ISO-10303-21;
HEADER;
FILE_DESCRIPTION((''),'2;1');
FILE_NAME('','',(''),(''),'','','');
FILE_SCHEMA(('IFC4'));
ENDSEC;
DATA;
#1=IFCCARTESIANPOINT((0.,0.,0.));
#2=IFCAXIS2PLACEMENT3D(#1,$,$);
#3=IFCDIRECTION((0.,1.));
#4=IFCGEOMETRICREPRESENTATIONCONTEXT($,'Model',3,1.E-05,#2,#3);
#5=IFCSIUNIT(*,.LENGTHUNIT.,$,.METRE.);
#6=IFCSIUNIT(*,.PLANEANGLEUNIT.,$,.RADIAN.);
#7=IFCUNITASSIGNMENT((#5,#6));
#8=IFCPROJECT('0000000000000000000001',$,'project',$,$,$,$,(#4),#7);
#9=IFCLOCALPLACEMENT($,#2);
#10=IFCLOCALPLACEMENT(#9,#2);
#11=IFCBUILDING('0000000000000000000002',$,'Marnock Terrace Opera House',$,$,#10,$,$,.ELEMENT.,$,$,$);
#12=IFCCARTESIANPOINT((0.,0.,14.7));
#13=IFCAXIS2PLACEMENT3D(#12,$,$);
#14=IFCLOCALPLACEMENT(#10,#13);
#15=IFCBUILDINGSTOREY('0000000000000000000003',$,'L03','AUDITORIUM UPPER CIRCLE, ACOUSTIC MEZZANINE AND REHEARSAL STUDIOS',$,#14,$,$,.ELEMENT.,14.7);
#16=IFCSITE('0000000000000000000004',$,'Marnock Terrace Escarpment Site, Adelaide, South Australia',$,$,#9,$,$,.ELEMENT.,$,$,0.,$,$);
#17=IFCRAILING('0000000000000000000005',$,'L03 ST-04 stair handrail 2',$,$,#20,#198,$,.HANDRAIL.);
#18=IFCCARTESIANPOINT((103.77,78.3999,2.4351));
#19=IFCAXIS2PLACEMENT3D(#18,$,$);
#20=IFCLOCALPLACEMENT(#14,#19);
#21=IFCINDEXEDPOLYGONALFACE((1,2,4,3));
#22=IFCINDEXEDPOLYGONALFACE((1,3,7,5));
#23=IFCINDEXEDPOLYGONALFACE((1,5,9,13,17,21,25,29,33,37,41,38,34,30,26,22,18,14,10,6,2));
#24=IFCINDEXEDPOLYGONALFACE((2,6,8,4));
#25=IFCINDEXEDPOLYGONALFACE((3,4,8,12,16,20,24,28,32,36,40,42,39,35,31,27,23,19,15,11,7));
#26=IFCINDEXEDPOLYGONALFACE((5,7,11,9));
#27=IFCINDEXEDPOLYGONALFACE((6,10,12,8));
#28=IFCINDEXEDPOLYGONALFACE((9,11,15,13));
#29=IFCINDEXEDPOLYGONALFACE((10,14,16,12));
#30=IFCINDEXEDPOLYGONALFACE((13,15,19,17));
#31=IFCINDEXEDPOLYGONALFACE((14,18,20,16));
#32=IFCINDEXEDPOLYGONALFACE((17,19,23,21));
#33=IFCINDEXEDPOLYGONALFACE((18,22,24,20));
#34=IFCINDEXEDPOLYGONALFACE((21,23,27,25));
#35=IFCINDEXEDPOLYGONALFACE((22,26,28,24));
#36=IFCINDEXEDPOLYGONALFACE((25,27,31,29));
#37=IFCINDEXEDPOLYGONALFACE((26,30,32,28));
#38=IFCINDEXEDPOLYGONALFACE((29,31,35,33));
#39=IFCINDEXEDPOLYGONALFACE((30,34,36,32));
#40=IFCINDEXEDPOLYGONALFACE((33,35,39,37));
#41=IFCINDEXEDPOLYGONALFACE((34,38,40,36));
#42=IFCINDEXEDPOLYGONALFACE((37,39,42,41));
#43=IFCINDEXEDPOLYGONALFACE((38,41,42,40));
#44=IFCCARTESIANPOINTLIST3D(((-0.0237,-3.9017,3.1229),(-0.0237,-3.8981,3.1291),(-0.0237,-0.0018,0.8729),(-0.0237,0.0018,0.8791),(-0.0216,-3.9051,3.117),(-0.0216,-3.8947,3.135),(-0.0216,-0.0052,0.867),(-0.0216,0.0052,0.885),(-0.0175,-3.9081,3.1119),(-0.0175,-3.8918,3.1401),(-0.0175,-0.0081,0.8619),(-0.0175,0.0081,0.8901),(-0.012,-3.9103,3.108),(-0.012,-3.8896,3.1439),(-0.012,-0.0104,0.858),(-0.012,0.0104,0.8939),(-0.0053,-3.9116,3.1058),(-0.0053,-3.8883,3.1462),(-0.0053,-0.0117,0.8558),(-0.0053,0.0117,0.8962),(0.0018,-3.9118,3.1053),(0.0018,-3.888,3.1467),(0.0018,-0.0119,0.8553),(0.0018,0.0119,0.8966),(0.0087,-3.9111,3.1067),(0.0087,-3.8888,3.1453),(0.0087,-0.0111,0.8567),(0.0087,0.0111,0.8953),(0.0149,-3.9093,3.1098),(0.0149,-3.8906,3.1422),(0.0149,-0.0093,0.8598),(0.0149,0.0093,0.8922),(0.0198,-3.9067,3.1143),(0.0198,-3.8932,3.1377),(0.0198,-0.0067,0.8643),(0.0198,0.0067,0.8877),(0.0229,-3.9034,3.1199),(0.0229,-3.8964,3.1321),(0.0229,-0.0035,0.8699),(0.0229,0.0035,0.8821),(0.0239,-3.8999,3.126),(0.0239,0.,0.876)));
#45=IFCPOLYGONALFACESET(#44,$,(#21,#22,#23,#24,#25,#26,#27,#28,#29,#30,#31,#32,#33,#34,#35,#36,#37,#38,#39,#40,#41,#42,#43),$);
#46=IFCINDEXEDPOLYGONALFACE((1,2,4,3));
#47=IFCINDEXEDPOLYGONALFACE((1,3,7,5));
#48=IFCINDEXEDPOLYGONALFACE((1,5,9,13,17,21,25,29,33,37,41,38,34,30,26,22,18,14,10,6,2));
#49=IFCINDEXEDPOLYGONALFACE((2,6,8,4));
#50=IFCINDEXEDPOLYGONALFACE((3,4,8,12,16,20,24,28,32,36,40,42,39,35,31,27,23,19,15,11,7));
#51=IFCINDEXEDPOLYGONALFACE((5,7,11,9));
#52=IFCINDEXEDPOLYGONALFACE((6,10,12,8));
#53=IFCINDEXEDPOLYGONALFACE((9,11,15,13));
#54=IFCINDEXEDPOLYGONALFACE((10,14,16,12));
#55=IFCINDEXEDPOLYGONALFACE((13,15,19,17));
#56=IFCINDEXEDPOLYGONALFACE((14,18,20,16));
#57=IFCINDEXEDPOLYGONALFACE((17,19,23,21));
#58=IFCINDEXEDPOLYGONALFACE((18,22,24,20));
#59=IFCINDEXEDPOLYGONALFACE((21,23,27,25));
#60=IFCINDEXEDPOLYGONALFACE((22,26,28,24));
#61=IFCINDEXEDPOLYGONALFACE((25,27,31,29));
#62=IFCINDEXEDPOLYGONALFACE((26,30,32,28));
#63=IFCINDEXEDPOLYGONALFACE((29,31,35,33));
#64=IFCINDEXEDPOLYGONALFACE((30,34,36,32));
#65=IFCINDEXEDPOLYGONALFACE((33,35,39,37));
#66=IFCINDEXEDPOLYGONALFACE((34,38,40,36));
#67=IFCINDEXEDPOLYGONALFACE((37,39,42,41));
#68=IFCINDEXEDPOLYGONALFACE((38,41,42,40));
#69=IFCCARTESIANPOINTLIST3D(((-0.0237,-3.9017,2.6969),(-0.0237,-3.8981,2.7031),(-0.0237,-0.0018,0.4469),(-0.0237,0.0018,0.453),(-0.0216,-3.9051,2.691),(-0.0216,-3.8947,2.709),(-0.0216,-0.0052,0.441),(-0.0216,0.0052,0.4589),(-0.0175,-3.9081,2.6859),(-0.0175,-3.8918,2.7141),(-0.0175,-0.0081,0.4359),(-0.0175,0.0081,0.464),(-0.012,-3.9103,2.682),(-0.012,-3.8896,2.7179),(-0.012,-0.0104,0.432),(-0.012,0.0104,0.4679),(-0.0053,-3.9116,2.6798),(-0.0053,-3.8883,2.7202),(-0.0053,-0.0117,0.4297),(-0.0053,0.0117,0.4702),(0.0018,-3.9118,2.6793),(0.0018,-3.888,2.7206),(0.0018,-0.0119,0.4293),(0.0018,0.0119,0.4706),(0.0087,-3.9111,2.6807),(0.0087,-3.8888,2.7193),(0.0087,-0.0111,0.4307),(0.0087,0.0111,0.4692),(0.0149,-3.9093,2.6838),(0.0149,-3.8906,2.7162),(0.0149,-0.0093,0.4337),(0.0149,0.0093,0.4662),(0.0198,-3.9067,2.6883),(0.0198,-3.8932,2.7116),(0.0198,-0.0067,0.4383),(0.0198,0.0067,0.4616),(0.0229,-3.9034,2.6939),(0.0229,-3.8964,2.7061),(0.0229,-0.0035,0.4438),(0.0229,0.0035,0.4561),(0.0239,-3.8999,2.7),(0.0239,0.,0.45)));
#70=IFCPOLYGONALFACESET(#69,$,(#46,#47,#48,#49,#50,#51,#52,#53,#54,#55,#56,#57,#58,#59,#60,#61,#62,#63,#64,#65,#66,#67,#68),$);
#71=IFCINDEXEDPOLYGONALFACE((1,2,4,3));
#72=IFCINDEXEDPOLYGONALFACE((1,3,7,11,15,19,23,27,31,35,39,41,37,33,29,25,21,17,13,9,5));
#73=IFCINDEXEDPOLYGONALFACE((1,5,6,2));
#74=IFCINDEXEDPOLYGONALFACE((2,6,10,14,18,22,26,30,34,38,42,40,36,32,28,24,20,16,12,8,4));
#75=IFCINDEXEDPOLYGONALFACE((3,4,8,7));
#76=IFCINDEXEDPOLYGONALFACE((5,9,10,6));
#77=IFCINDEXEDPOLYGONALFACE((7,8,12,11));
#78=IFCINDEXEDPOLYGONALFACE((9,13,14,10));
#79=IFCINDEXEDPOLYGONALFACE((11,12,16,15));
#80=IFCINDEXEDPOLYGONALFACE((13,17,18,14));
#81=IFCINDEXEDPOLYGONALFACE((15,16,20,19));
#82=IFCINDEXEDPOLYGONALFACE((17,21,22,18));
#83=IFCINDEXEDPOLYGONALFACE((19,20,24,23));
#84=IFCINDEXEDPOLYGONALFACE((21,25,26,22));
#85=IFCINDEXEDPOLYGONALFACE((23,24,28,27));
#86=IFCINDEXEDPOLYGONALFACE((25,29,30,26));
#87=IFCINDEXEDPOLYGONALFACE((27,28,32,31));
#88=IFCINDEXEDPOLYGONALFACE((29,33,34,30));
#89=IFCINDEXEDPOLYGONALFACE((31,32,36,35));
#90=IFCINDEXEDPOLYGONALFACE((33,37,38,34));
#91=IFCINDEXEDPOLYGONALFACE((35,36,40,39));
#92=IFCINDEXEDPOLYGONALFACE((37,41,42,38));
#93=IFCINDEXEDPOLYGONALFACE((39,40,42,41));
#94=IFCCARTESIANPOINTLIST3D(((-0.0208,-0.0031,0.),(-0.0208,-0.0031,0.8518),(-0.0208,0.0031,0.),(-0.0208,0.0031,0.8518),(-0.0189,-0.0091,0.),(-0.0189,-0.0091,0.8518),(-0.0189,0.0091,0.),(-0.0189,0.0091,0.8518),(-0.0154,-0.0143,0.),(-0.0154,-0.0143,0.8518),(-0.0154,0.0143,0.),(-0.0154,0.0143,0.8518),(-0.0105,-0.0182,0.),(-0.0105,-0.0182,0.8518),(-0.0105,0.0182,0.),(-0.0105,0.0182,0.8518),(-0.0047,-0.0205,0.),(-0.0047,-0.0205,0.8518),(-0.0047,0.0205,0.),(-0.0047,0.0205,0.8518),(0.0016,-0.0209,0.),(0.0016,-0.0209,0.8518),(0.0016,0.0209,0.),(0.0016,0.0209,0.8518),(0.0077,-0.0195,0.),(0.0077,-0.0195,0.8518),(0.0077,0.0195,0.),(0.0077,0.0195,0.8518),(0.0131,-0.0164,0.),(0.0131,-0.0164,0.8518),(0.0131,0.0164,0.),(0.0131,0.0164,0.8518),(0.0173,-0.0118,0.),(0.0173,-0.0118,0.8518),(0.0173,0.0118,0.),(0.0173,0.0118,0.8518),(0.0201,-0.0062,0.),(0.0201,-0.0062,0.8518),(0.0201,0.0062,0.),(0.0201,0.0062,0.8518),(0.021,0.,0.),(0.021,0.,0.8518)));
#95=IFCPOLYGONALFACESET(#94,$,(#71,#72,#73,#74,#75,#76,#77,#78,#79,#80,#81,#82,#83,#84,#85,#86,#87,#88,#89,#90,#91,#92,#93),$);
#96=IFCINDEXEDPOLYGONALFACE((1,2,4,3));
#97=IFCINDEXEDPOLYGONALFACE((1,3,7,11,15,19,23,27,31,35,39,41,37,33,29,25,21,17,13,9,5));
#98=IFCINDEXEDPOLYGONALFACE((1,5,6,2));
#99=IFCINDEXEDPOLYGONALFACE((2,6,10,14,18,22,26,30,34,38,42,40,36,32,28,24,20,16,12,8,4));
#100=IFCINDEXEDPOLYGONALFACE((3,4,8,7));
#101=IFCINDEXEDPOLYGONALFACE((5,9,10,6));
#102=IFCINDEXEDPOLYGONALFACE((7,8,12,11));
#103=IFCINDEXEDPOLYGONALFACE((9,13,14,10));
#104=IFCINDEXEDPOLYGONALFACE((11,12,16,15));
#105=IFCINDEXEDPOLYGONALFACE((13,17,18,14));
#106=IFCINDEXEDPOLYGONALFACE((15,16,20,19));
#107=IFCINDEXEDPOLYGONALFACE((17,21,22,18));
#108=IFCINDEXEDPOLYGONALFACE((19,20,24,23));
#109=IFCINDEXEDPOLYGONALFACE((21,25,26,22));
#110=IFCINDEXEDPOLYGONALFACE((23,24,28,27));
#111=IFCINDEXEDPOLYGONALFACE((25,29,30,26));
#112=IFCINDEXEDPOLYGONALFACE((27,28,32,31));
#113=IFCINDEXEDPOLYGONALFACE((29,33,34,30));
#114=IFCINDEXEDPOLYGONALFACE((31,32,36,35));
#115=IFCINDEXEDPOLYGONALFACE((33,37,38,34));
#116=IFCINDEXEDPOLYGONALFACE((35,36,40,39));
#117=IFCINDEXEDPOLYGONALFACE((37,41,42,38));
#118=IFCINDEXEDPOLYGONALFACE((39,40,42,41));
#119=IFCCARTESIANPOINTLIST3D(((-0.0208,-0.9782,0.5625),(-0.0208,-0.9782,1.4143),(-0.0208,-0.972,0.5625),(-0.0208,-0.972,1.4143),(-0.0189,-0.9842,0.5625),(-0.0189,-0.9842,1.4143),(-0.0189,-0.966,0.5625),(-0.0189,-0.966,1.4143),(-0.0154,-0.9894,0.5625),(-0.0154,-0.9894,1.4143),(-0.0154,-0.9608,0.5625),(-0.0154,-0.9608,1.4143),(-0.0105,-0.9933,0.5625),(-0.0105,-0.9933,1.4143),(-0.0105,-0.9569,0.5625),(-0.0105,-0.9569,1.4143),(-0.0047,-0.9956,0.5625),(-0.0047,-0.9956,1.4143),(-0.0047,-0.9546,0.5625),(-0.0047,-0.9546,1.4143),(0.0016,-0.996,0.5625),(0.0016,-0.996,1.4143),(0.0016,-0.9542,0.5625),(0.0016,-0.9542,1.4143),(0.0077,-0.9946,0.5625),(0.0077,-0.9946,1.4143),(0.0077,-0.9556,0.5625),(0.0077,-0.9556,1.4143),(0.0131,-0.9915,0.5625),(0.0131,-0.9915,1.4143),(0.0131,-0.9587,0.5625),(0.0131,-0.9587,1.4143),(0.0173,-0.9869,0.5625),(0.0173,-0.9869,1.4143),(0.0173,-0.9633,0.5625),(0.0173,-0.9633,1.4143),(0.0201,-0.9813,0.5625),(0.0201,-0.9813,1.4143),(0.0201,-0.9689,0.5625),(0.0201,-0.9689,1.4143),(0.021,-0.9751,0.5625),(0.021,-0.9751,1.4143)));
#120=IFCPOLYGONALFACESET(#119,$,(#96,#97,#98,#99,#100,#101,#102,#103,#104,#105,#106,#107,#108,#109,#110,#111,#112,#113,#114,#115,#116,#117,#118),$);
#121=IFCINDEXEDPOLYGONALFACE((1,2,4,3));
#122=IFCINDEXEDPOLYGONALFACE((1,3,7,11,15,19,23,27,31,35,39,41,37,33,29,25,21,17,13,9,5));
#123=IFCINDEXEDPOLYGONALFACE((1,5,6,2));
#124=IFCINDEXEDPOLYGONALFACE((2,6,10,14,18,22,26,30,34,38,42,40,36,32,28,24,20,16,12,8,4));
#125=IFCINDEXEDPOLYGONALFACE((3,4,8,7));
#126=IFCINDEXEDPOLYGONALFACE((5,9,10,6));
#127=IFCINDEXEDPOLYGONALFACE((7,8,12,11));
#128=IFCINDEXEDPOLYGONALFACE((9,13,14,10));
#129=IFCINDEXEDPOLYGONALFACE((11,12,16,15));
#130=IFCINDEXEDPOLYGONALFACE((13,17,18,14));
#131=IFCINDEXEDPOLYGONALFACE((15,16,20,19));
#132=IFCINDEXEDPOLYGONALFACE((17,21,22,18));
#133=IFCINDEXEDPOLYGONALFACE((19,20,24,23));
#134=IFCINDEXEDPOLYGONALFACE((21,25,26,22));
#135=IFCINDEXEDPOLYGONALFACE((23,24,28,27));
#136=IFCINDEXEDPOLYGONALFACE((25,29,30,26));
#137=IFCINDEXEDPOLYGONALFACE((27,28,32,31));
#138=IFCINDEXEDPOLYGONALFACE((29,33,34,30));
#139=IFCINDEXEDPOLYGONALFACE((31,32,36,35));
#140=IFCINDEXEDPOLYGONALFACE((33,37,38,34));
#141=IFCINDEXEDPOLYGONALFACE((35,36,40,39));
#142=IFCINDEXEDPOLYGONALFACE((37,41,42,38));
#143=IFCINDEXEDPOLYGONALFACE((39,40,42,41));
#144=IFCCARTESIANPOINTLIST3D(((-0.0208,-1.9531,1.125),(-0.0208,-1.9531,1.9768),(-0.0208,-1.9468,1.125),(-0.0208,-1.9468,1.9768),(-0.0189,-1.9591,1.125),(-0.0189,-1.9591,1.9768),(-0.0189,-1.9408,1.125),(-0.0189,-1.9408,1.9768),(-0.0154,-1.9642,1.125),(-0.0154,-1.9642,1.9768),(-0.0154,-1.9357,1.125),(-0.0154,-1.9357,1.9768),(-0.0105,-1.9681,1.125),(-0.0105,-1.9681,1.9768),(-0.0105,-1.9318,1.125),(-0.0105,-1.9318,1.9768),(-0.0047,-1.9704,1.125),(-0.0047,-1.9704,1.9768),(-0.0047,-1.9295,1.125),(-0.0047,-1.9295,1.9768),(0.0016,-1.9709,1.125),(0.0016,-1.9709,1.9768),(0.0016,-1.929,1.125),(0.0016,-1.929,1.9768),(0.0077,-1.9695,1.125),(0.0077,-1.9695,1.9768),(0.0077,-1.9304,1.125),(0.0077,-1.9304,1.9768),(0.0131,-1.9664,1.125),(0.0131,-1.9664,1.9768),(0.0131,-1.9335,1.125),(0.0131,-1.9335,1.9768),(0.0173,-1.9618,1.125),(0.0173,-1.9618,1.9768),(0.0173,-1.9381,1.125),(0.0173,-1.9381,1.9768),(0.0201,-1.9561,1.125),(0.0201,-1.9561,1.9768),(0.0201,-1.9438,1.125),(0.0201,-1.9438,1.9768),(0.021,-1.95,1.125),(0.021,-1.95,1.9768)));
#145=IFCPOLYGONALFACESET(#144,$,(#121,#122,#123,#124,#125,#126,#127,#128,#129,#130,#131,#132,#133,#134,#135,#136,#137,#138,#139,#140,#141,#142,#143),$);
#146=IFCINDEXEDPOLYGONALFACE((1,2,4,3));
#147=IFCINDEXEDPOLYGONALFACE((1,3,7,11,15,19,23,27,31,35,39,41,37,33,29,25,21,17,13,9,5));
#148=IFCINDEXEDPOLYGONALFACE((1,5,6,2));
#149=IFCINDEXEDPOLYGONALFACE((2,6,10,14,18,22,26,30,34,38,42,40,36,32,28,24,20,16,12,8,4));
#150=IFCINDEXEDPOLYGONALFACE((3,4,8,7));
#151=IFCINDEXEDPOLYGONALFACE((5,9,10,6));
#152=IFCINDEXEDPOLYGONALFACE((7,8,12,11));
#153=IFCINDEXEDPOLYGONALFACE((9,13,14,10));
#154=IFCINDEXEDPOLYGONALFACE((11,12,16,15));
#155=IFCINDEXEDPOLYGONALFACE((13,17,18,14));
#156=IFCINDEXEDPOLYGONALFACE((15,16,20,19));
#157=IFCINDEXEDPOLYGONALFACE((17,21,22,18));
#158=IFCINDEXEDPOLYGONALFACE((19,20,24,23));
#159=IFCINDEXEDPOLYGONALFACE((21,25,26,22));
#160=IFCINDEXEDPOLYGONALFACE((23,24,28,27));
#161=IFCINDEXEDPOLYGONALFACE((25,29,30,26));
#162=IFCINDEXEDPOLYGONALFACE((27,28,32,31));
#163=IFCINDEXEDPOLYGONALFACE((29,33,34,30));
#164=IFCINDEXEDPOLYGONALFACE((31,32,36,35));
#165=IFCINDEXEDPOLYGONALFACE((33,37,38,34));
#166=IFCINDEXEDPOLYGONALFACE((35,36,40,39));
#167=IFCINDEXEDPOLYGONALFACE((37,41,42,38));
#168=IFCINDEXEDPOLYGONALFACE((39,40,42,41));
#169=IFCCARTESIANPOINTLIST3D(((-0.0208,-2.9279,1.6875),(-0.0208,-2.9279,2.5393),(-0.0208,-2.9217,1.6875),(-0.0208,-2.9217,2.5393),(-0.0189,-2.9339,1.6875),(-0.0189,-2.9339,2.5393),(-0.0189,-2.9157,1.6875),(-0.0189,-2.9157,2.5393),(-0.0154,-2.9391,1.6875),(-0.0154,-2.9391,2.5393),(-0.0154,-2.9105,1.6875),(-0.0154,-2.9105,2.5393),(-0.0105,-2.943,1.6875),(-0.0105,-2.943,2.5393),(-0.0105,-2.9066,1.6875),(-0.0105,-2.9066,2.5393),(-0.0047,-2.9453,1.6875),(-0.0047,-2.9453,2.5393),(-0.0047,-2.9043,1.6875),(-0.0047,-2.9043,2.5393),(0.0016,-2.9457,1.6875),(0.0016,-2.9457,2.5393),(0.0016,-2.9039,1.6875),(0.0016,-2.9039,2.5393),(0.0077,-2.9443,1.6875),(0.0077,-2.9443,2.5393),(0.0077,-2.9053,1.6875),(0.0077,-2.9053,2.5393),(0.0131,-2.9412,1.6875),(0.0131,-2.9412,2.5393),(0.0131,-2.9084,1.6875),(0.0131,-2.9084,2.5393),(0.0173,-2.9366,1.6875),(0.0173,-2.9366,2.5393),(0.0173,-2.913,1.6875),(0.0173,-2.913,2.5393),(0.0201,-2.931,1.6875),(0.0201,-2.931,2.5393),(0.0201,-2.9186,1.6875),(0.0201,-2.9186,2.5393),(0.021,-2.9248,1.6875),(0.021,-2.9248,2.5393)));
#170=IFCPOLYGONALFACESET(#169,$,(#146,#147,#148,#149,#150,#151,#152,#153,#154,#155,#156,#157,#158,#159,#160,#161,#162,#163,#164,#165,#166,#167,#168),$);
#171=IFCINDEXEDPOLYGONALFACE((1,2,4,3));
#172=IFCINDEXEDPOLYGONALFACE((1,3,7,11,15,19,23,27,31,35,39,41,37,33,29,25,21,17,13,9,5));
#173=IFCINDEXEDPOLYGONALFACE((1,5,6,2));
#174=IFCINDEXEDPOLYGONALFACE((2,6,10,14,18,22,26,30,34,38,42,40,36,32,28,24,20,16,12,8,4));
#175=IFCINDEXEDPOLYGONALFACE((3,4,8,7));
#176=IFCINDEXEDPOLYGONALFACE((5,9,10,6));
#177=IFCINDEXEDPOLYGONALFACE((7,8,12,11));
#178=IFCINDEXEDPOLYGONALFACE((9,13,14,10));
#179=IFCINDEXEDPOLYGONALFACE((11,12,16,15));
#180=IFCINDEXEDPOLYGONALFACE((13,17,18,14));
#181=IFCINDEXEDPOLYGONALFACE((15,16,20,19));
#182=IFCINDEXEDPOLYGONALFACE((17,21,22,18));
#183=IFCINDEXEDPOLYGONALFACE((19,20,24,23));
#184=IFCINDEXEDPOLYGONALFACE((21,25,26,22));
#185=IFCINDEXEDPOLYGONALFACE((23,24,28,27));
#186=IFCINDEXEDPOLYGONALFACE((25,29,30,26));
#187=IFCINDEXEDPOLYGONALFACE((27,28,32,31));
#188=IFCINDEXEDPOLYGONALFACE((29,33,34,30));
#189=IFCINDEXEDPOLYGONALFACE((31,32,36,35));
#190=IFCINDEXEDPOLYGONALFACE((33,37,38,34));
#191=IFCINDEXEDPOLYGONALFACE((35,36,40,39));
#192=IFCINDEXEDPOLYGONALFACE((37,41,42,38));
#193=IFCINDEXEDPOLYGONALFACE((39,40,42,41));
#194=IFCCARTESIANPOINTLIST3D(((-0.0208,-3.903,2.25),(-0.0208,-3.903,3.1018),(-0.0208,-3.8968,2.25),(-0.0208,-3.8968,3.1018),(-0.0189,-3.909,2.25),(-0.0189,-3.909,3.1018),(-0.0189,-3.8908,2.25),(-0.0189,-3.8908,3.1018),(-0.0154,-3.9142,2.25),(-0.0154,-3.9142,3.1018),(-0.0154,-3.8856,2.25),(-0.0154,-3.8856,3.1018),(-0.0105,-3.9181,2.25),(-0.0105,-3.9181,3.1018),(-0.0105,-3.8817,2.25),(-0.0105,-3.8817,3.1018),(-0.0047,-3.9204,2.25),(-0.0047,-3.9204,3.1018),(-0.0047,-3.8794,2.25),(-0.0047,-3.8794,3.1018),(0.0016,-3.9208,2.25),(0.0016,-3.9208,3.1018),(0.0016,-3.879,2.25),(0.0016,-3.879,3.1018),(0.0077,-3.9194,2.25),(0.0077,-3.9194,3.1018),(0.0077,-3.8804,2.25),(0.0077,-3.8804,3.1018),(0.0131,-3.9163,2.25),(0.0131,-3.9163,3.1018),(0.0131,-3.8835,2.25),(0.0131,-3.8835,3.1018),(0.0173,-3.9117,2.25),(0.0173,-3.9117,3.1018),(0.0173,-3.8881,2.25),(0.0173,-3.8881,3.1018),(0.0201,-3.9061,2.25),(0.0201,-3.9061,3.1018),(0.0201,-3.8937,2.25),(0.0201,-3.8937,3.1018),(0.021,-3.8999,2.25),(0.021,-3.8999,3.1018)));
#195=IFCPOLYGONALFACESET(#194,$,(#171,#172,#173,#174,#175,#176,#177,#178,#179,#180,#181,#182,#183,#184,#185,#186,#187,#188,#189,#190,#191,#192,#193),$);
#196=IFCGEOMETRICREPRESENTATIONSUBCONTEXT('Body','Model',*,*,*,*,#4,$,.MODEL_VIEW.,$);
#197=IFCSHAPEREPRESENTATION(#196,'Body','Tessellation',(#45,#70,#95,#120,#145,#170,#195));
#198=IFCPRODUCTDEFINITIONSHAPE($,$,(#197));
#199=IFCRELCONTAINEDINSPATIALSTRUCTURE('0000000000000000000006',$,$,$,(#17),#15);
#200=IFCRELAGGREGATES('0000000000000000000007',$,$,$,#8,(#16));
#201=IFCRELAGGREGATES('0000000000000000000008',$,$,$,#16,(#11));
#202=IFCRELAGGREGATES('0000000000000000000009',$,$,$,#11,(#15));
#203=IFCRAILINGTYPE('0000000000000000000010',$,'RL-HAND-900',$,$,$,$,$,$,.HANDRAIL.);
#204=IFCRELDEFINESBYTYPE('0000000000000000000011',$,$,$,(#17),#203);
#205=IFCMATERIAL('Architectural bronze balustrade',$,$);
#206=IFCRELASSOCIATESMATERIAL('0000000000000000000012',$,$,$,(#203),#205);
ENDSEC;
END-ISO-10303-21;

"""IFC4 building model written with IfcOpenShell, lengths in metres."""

from ifc_helpers import new_model, si_unit, direction, frame, origin, origin_2d, place, context, subcontext, project, spatial, circle, extrude, material, type_object, element, save


model = new_model("IFC4")

# Units and contexts
model_context = context("Model", 3, precision=1e-05, world=origin(), true_north=direction((0.0, 1.0)))
body_context = subcontext(model_context, "Body", "Model", "MODEL_VIEW")
ifc_project = project(units=[si_unit("LENGTHUNIT", "METRE"), si_unit("PLANEANGLEUNIT", "RADIAN")], contexts=[model_context])

# Site, building, storey
site_placement = place(None, origin())
site = spatial("IfcSite", under=ifc_project, at=site_placement, Name="Marnock Terrace Escarpment Site, Adelaide, South Australia", CompositionType="ELEMENT", RefElevation=0.0)
building_placement = place(site_placement, origin())
building = spatial("IfcBuilding", under=site, at=building_placement, Name="Marnock Terrace Opera House", CompositionType="ELEMENT")
storey_placement = place(building_placement, frame((0.0, 0.0, 14.7)))
storey = spatial("IfcBuildingStorey", under=building, at=storey_placement, Name="L03", Description="AUDITORIUM UPPER CIRCLE, ACOUSTIC MEZZANINE AND REHEARSAL STUDIOS", CompositionType="ELEMENT", Elevation=14.7)

# Railing
ifc_material_1 = material(Name="Architectural bronze balustrade")
railing_type_1 = type_object("IfcRailingType", Name="RL-HAND-900", PredefinedType="HANDRAIL", material=ifc_material_1)
railing_1_placement = place(storey_placement, frame((103.77, 78.3999, 2.4351)))
element("IfcRailing", 1, at=railing_1_placement, inside=storey, type_object=railing_type_1, Name="L03 ST-04 stair handrail 2", PredefinedType="HANDRAIL", context=body_context, shape_type="SweptSolid", body=[
    extrude(circle(Radius=0.0239, at=origin_2d()), frame((0.0, 0.0, 0.876), z_axis=(0.0, -0.86618, 0.499732), x_axis=(1.0, 0.0, 0.0)), (0.0, 0.0, 1.0), 4.5024),
    extrude(circle(Radius=0.0239, at=origin_2d()), frame((0.0, 0.0, 0.45), z_axis=(0.0, -0.86618, 0.499732), x_axis=(1.0, 0.0, 0.0)), (0.0, 0.0, 1.0), 4.5024),
    extrude(circle(Radius=0.021, at=origin_2d()), origin(), (0.0, 0.0, 1.0), 0.8518),
    extrude(circle(Radius=0.021, at=origin_2d()), frame((0.0, -0.9751, 0.5625)), (0.0, 0.0, 1.0), 0.8518),
    extrude(circle(Radius=0.021, at=origin_2d()), frame((0.0, -1.95, 1.125)), (0.0, 0.0, 1.0), 0.8518),
    extrude(circle(Radius=0.021, at=origin_2d()), frame((0.0, -2.9248, 1.6875)), (0.0, 0.0, 1.0), 0.8518),
    extrude(circle(Radius=0.021, at=origin_2d()), frame((0.0, -3.8999, 2.25)), (0.0, 0.0, 1.0), 0.8518),
])

save(model, "model.ifc")
